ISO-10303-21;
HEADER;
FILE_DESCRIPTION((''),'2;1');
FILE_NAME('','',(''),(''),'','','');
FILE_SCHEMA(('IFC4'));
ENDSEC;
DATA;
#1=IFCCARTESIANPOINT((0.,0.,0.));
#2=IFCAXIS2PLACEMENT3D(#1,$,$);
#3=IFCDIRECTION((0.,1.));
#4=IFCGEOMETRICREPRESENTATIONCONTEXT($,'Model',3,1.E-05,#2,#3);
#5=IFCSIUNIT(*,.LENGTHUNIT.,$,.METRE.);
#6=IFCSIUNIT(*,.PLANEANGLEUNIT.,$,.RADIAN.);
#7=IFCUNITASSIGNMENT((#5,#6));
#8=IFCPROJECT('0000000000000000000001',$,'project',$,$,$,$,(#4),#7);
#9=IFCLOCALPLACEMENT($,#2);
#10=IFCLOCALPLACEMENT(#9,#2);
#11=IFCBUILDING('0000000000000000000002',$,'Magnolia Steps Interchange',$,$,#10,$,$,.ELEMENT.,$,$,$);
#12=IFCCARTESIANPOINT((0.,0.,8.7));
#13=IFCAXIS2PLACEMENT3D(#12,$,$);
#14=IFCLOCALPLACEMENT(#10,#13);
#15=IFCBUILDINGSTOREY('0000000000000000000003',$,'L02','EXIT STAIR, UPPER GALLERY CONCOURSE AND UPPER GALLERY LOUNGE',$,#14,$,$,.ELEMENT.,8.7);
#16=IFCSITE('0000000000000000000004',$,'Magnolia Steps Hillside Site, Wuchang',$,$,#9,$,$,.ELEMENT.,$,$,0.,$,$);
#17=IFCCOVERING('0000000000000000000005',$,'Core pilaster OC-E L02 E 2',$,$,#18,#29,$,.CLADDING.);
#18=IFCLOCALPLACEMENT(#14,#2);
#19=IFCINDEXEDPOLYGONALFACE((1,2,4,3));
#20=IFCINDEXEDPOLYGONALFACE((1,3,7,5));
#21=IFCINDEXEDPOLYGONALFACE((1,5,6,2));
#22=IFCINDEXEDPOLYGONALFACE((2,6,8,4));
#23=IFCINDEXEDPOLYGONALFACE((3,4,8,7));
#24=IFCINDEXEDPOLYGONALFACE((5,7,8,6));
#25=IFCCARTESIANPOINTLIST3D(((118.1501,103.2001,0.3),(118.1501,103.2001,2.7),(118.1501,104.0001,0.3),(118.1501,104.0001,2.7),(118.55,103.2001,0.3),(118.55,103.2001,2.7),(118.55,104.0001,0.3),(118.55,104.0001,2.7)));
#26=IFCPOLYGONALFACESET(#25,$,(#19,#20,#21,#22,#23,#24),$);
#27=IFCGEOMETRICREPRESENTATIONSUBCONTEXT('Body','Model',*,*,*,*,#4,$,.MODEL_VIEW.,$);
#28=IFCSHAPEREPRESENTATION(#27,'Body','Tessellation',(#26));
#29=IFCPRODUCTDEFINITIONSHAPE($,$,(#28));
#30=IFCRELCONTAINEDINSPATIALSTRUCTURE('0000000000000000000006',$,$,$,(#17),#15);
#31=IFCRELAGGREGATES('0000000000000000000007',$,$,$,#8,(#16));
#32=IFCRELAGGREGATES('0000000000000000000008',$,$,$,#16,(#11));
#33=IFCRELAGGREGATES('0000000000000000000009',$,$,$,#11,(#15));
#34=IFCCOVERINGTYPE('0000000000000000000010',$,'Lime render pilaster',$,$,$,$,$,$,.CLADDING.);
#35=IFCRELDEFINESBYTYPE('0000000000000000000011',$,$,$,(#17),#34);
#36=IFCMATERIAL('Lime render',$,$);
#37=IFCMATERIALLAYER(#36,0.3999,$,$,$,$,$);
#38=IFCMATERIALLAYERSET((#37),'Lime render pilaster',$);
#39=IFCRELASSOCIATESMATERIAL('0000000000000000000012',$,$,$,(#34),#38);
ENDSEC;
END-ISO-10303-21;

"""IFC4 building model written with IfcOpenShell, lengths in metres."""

from ifc_helpers import new_model, si_unit, direction, frame, origin, origin_2d, place, context, subcontext, project, spatial, rectangle, extrude, material, layer, layer_set, type_object, element, save


model = new_model("IFC4")

# Units and contexts
model_context = context("Model", 3, precision=1e-05, world=origin(), true_north=direction((0.0, 1.0)))
body_context = subcontext(model_context, "Body", "Model", "MODEL_VIEW")
ifc_project = project(units=[si_unit("LENGTHUNIT", "METRE"), si_unit("PLANEANGLEUNIT", "RADIAN")], contexts=[model_context])

# Site, building, storey
site_placement = place(None, origin())
site = spatial("IfcSite", under=ifc_project, at=site_placement, Name="Magnolia Steps Hillside Site, Wuchang", CompositionType="ELEMENT", RefElevation=0.0)
building_placement = place(site_placement, origin())
building = spatial("IfcBuilding", under=site, at=building_placement, Name="Magnolia Steps Interchange", CompositionType="ELEMENT")
storey_placement = place(building_placement, frame((0.0, 0.0, 8.7)))
storey = spatial("IfcBuildingStorey", under=building, at=storey_placement, Name="L02", Description="EXIT STAIR, UPPER GALLERY CONCOURSE AND UPPER GALLERY LOUNGE", CompositionType="ELEMENT", Elevation=8.7)

# Covering
ifc_material_1 = material(Name="Lime render")
ifc_layer_1 = layer(ifc_material_1, 0.3999)
ifc_layer_set_1 = layer_set([ifc_layer_1], Name="Lime render pilaster")
covering_type_1 = type_object("IfcCoveringType", Name="Lime render pilaster", PredefinedType="CLADDING", material=ifc_layer_set_1)
for number, where, z_axis, x_axis, name in (
    (1, (118.3501, 103.6001, 0.3), (0.0, 0.0, 1.0), (1.0, 0.0, 0.0), "Core pilaster OC-E L02 E 2"),
):
    element("IfcCovering", number, at=place(storey_placement, frame(where, z_axis=z_axis, x_axis=x_axis)), inside=storey, type_object=covering_type_1, Name=name, PredefinedType="CLADDING", context=body_context, shape_type="SweptSolid", body=[
        extrude(rectangle(XDim=0.3999, YDim=0.8, at=origin_2d()), origin(), (0.0, 0.0, 1.0), 2.3999),
    ])

save(model, "model.ifc")
